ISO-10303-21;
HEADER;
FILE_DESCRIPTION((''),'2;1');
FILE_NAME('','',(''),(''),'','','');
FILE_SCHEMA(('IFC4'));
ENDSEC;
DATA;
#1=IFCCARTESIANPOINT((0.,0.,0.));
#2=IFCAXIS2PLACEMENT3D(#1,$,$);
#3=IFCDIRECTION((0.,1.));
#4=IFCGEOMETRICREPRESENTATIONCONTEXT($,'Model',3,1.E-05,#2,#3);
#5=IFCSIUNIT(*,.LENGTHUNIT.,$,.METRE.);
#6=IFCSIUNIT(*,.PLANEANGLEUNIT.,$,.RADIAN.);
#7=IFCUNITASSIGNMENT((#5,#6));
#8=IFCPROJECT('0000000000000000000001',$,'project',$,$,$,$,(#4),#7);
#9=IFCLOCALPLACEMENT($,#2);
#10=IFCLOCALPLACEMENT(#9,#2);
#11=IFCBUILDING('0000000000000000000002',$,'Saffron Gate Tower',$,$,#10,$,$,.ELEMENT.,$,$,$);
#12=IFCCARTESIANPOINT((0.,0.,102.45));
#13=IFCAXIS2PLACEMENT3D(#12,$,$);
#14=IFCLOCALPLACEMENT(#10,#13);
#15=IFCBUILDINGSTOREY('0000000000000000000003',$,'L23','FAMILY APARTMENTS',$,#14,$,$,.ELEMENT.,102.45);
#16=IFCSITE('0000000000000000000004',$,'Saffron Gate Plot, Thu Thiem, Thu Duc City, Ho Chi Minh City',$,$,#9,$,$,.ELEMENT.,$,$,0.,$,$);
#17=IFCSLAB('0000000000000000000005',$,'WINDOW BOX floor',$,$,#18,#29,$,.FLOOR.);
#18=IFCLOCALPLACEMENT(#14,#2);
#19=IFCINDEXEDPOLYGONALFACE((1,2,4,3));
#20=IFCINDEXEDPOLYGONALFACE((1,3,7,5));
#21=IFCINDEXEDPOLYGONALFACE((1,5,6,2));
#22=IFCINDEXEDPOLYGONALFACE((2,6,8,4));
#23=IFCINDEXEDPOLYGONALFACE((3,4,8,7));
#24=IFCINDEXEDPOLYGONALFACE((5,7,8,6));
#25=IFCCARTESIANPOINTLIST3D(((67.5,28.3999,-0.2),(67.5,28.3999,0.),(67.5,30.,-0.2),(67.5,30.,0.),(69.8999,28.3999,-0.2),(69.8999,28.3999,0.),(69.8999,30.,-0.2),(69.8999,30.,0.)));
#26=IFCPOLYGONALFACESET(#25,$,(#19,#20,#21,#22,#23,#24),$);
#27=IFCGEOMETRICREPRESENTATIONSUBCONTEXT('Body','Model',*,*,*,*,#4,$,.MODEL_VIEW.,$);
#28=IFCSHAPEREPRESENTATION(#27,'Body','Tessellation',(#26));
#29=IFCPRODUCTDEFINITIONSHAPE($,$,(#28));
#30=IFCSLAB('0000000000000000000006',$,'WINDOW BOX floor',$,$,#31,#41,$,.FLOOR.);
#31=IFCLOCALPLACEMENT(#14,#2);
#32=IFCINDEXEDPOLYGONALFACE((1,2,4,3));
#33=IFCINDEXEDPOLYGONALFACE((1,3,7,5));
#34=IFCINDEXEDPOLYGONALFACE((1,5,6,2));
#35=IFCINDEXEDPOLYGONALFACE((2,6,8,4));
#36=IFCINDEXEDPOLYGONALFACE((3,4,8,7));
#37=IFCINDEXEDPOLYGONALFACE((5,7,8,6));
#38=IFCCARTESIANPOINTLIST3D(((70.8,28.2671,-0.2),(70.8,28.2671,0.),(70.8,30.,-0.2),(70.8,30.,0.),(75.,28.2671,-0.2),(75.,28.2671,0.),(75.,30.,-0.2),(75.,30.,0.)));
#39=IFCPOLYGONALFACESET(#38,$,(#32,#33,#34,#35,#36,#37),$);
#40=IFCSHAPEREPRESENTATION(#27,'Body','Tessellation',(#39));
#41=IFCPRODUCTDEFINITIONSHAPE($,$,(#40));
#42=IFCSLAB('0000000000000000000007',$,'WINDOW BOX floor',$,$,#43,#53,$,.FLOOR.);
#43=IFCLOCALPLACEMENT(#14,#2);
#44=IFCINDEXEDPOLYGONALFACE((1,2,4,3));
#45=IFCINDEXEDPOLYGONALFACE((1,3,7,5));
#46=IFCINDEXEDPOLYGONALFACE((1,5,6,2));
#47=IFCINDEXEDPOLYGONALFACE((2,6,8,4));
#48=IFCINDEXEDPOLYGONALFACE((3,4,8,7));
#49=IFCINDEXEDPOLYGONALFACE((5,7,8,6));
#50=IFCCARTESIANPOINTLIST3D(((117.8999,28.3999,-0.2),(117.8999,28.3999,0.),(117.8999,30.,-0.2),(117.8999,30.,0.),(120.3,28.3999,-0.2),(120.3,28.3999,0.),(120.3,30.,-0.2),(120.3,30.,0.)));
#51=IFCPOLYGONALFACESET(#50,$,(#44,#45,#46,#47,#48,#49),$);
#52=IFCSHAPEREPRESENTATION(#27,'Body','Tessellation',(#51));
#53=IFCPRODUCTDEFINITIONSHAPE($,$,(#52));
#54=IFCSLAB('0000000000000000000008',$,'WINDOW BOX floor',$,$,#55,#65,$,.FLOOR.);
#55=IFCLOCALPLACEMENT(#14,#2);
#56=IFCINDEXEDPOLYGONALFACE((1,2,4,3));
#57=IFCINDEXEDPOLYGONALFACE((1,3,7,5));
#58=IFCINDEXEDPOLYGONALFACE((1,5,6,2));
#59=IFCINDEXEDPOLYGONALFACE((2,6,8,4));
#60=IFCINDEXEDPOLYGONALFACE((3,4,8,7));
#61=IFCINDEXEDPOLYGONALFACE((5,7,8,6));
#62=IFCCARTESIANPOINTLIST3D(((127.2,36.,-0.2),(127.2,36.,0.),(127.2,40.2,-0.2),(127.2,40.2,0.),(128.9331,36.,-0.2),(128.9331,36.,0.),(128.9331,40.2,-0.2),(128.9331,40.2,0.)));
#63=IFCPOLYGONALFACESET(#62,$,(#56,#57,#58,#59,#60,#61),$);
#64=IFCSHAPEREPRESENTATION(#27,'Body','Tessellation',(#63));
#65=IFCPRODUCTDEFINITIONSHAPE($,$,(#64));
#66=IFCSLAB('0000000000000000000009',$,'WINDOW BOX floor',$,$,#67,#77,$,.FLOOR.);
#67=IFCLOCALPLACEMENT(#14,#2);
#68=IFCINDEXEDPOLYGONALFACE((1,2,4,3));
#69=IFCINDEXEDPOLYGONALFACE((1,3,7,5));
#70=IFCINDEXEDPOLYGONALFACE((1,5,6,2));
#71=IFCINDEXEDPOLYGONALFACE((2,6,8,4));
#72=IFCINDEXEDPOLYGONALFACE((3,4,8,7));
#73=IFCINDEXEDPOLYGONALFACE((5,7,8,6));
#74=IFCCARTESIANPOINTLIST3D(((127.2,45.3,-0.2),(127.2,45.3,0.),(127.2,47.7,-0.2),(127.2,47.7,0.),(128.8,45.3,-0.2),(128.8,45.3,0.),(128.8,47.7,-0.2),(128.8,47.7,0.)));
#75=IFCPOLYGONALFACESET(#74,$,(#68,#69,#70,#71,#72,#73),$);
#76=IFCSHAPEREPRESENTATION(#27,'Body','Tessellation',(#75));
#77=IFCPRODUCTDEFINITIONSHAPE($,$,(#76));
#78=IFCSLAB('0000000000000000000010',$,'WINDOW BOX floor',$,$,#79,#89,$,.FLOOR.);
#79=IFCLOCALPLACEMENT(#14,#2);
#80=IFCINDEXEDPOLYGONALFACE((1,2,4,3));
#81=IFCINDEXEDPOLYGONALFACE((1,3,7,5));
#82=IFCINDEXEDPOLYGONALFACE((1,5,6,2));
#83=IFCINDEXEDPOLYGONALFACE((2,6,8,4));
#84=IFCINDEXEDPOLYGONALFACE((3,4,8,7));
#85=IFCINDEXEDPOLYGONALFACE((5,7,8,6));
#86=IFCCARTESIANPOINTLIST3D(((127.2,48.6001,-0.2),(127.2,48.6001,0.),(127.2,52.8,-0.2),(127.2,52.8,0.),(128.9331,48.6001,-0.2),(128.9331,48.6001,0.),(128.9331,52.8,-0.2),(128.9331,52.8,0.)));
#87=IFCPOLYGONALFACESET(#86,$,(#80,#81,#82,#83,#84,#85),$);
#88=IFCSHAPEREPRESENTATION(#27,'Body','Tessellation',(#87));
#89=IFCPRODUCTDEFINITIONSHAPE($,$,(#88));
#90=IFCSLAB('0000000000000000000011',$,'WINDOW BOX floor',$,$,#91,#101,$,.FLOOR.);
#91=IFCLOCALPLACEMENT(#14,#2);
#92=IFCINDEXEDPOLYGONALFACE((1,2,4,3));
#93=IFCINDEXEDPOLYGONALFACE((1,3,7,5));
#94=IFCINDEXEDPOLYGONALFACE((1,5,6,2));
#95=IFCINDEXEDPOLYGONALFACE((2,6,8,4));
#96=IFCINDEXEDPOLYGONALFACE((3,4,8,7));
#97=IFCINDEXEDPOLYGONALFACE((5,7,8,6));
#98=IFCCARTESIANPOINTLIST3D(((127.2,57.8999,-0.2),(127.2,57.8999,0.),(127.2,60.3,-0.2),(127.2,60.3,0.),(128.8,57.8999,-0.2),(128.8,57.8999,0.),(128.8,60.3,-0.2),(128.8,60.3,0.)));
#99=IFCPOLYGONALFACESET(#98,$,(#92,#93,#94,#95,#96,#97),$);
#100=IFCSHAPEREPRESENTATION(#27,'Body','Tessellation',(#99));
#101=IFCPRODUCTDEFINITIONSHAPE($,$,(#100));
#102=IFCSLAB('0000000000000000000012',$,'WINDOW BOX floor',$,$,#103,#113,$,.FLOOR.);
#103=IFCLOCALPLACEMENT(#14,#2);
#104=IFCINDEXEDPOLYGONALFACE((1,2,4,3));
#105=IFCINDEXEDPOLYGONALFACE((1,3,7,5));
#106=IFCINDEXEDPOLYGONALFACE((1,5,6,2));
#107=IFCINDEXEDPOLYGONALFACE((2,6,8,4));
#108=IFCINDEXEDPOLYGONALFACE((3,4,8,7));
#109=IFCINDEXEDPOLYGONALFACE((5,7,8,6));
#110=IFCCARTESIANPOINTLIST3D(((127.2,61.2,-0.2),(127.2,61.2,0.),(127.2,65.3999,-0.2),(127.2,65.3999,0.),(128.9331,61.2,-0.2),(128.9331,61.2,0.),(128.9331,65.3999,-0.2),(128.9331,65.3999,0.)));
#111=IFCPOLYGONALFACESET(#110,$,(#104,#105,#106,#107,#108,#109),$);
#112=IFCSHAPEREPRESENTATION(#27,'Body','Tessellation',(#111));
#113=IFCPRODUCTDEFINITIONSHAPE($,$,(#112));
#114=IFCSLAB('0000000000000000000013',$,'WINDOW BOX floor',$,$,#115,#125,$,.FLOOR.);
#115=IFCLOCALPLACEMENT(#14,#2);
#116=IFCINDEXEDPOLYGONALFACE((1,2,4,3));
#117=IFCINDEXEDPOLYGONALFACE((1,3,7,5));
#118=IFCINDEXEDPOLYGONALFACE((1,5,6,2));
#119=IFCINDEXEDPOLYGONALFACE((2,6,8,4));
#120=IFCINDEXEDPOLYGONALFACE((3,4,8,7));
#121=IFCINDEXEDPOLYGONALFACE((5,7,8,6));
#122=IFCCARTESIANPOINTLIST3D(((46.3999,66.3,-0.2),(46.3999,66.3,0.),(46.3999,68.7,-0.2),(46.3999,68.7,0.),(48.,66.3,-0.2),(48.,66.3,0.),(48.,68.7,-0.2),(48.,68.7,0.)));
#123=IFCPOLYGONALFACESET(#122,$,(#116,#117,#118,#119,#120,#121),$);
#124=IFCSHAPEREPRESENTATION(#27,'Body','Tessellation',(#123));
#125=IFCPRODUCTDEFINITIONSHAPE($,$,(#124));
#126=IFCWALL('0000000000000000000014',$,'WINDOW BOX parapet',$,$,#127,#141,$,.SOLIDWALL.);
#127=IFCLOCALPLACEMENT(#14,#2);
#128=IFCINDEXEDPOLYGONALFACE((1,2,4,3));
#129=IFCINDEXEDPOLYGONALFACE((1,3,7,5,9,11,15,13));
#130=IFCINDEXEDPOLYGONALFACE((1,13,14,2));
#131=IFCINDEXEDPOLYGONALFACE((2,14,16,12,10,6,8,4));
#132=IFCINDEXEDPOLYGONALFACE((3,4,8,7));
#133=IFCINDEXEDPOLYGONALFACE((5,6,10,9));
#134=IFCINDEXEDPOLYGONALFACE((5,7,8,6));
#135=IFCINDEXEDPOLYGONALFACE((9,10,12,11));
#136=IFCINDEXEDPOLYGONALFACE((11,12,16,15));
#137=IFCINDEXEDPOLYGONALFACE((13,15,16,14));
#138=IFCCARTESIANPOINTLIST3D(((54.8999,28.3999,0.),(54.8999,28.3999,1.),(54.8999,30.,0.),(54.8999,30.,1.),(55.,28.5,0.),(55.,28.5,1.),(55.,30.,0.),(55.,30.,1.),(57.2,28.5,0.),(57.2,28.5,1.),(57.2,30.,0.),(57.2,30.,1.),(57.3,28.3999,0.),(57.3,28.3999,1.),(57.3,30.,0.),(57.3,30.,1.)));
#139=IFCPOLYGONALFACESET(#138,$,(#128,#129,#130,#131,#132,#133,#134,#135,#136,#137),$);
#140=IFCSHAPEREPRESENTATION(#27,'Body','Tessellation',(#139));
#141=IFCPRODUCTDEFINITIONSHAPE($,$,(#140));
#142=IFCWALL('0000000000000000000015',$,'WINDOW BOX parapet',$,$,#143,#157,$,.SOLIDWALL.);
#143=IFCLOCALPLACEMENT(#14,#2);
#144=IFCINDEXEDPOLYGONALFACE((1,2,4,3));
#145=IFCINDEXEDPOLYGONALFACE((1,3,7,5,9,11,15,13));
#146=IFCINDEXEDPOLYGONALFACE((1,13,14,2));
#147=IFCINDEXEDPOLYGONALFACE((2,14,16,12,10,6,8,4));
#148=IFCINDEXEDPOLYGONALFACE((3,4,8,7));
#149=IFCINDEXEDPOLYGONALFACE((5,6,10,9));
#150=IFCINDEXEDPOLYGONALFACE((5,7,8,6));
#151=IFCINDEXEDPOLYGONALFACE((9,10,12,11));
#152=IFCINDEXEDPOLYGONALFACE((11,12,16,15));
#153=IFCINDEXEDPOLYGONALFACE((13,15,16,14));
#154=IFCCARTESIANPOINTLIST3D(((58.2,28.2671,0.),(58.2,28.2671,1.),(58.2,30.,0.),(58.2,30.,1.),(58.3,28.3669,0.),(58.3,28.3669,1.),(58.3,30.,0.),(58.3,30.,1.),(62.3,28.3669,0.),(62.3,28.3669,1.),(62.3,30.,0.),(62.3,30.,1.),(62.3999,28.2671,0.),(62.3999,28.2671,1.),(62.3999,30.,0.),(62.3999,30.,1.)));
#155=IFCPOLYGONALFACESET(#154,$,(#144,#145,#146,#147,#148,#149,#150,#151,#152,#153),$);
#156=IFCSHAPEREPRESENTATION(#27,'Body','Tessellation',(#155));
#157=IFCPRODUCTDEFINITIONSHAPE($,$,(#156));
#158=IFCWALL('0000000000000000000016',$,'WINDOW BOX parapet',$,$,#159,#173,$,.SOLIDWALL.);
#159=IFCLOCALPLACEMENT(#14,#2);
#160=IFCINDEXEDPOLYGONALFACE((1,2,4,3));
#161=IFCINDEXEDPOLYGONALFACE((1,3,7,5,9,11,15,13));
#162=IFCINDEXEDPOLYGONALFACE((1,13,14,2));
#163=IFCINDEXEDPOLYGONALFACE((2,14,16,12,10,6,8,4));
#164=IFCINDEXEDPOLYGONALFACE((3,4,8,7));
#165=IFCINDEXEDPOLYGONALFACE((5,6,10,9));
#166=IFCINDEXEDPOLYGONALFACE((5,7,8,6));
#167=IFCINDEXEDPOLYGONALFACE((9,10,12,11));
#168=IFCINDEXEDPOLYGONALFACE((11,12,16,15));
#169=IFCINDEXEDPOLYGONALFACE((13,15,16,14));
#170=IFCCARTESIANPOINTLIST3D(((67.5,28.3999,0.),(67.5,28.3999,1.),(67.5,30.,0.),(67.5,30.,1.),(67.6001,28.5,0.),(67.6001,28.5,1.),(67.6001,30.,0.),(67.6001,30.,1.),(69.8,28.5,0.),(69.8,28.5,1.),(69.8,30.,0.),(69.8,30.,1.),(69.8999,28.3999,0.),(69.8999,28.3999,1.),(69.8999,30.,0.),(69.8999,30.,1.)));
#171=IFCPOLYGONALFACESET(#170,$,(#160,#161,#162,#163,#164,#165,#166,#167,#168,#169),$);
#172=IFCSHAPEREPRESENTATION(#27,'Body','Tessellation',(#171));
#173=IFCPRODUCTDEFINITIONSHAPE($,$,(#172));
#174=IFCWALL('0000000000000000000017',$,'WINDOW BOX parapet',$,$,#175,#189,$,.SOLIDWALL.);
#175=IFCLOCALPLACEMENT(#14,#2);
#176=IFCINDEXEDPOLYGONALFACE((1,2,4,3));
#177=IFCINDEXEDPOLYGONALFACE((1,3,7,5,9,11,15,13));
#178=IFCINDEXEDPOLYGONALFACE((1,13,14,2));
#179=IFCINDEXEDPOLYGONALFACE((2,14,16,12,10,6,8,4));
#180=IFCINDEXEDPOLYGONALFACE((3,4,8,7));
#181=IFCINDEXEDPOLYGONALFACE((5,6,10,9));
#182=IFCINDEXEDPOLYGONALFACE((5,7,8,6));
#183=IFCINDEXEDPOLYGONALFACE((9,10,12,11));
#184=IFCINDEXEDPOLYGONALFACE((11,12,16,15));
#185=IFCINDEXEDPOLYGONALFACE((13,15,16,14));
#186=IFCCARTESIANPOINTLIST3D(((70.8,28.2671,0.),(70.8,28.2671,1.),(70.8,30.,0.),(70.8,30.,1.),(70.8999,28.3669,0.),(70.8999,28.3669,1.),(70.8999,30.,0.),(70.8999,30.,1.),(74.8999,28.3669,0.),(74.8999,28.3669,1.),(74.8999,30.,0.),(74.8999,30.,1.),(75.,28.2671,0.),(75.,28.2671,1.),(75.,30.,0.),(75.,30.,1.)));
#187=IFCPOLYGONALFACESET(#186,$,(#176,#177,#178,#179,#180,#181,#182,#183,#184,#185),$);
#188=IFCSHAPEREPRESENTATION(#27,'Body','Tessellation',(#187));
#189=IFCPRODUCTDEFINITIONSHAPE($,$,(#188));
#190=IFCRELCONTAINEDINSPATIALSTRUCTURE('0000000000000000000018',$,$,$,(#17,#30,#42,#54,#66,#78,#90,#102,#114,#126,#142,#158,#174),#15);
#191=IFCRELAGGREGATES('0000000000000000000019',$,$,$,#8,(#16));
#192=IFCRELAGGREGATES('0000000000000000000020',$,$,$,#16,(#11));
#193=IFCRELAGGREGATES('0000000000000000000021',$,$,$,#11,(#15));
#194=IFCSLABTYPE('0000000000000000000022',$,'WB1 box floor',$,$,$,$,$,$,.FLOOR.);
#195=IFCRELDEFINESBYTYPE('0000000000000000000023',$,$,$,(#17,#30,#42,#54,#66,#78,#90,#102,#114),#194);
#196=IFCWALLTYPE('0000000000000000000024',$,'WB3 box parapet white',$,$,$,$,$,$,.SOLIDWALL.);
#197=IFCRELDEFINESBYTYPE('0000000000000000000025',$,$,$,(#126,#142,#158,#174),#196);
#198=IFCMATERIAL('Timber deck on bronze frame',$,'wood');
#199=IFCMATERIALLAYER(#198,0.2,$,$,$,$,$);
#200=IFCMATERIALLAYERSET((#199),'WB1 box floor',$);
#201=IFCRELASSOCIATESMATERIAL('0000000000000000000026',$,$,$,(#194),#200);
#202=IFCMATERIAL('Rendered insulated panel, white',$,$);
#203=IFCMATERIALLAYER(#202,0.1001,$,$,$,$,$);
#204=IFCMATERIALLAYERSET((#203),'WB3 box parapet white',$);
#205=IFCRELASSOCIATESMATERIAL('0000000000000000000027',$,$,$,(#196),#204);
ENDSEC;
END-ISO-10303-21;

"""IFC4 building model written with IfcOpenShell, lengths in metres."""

from ifc_helpers import new_model, si_unit, direction, frame, origin, place, context, subcontext, project, spatial, polyline, outline, extrude, material, layer, layer_set, type_object, element, save


model = new_model("IFC4")

# Units and contexts
model_context = context("Model", 3, precision=1e-05, world=origin(), true_north=direction((0.0, 1.0)))
body_context = subcontext(model_context, "Body", "Model", "MODEL_VIEW")
ifc_project = project(units=[si_unit("LENGTHUNIT", "METRE"), si_unit("PLANEANGLEUNIT", "RADIAN")], contexts=[model_context])

# Site, building, storey
site_placement = place(None, origin())
site = spatial("IfcSite", under=ifc_project, at=site_placement, Name="Saffron Gate Plot, Thu Thiem, Thu Duc City, Ho Chi Minh City", CompositionType="ELEMENT", RefElevation=0.0)
building_placement = place(site_placement, origin())
building = spatial("IfcBuilding", under=site, at=building_placement, Name="Saffron Gate Tower", CompositionType="ELEMENT")
storey_placement = place(building_placement, frame((0.0, 0.0, 102.45)))
storey = spatial("IfcBuildingStorey", under=building, at=storey_placement, Name="L23", Description="FAMILY APARTMENTS", CompositionType="ELEMENT", Elevation=102.45)

# Slabs
ifc_material_1 = material(Name="Timber deck on bronze frame", Category="wood")
ifc_layer_1 = layer(ifc_material_1, 0.2)
ifc_layer_set_1 = layer_set([ifc_layer_1], Name="WB1 box floor")
slab_type_1 = type_object("IfcSlabType", Name="WB1 box floor", PredefinedType="FLOOR", material=ifc_layer_set_1)
slab_1_placement = place(storey_placement, frame((0.0, 0.0, -0.2)))
element("IfcSlab", 1, at=slab_1_placement, inside=storey, type_object=slab_type_1, Name="WINDOW BOX floor", PredefinedType="FLOOR", context=body_context, shape_type="SweptSolid", body=[
    extrude(outline(polyline([(67.5, 30.0), (69.8999, 30.0), (69.8999, 28.3999), (67.5, 28.3999), (67.5, 30.0)])), origin(), (0.0, 0.0, 1.0), 0.2),
])
slab_2_placement = place(storey_placement, frame((0.0, 0.0, -0.2)))
element("IfcSlab", 2, at=slab_2_placement, inside=storey, type_object=slab_type_1, Name="WINDOW BOX floor", PredefinedType="FLOOR", context=body_context, shape_type="SweptSolid", body=[
    extrude(outline(polyline([(70.8, 30.0), (75.0, 30.0), (75.0, 28.2671), (70.8, 28.2671), (70.8, 30.0)])), origin(), (0.0, 0.0, 1.0), 0.2),
])
slab_3_placement = place(storey_placement, frame((0.0, 0.0, -0.2)))
element("IfcSlab", 3, at=slab_3_placement, inside=storey, type_object=slab_type_1, Name="WINDOW BOX floor", PredefinedType="FLOOR", context=body_context, shape_type="SweptSolid", body=[
    extrude(outline(polyline([(117.8999, 30.0), (120.3, 30.0), (120.3, 28.3999), (117.8999, 28.3999), (117.8999, 30.0)])), origin(), (0.0, 0.0, 1.0), 0.2),
])
slab_4_placement = place(storey_placement, frame((0.0, 0.0, -0.2)))
element("IfcSlab", 4, at=slab_4_placement, inside=storey, type_object=slab_type_1, Name="WINDOW BOX floor", PredefinedType="FLOOR", context=body_context, shape_type="SweptSolid", body=[
    extrude(outline(polyline([(127.2, 36.0), (127.2, 40.2), (128.9331, 40.2), (128.9331, 36.0), (127.2, 36.0)])), origin(), (0.0, 0.0, 1.0), 0.2),
])
slab_5_placement = place(storey_placement, frame((0.0, 0.0, -0.2)))
element("IfcSlab", 5, at=slab_5_placement, inside=storey, type_object=slab_type_1, Name="WINDOW BOX floor", PredefinedType="FLOOR", context=body_context, shape_type="SweptSolid", body=[
    extrude(outline(polyline([(127.2, 45.3), (127.2, 47.7), (128.8, 47.7), (128.8, 45.3), (127.2, 45.3)])), origin(), (0.0, 0.0, 1.0), 0.2),
])
slab_6_placement = place(storey_placement, frame((0.0, 0.0, -0.2)))
element("IfcSlab", 6, at=slab_6_placement, inside=storey, type_object=slab_type_1, Name="WINDOW BOX floor", PredefinedType="FLOOR", context=body_context, shape_type="SweptSolid", body=[
    extrude(outline(polyline([(127.2, 48.6001), (127.2, 52.8), (128.9331, 52.8), (128.9331, 48.6001), (127.2, 48.6001)])), origin(), (0.0, 0.0, 1.0), 0.2),
])
slab_7_placement = place(storey_placement, frame((0.0, 0.0, -0.2)))
element("IfcSlab", 7, at=slab_7_placement, inside=storey, type_object=slab_type_1, Name="WINDOW BOX floor", PredefinedType="FLOOR", context=body_context, shape_type="SweptSolid", body=[
    extrude(outline(polyline([(127.2, 57.8999), (127.2, 60.3), (128.8, 60.3), (128.8, 57.8999), (127.2, 57.8999)])), origin(), (0.0, 0.0, 1.0), 0.2),
])
slab_8_placement = place(storey_placement, frame((0.0, 0.0, -0.2)))
element("IfcSlab", 8, at=slab_8_placement, inside=storey, type_object=slab_type_1, Name="WINDOW BOX floor", PredefinedType="FLOOR", context=body_context, shape_type="SweptSolid", body=[
    extrude(outline(polyline([(127.2, 61.2), (127.2, 65.3999), (128.9331, 65.3999), (128.9331, 61.2), (127.2, 61.2)])), origin(), (0.0, 0.0, 1.0), 0.2),
])
slab_9_placement = place(storey_placement, frame((0.0, 0.0, -0.2)))
element("IfcSlab", 9, at=slab_9_placement, inside=storey, type_object=slab_type_1, Name="WINDOW BOX floor", PredefinedType="FLOOR", context=body_context, shape_type="SweptSolid", body=[
    extrude(outline(polyline([(48.0, 68.7), (48.0, 66.3), (46.3999, 66.3), (46.3999, 68.7), (48.0, 68.7)])), origin(), (0.0, 0.0, 1.0), 0.2),
])

# Walls
ifc_material_2 = material(Name="Rendered insulated panel, white")
ifc_layer_2 = layer(ifc_material_2, 0.1001)
ifc_layer_set_2 = layer_set([ifc_layer_2], Name="WB3 box parapet white")
wall_type = type_object("IfcWallType", Name="WB3 box parapet white", PredefinedType="SOLIDWALL", material=ifc_layer_set_2)
wall_1_placement = place(storey_placement, origin())
element("IfcWall", 10, at=wall_1_placement, inside=storey, type_object=wall_type, Name="WINDOW BOX parapet", PredefinedType="SOLIDWALL", context=body_context, shape_type="SweptSolid", body=[
    extrude(outline(polyline([(54.8999, 30.0), (55.0, 30.0), (55.0, 28.5), (57.2, 28.5), (57.2, 30.0), (57.3, 30.0), (57.3, 28.3999), (54.8999, 28.3999), (54.8999, 30.0)])), origin(), (0.0, 0.0, 1.0), 1.0),
])
wall_2_placement = place(storey_placement, origin())
element("IfcWall", 11, at=wall_2_placement, inside=storey, type_object=wall_type, Name="WINDOW BOX parapet", PredefinedType="SOLIDWALL", context=body_context, shape_type="SweptSolid", body=[
    extrude(outline(polyline([(58.2, 30.0), (58.3, 30.0), (58.3, 28.3669), (62.3, 28.3669), (62.3, 30.0), (62.3999, 30.0), (62.3999, 28.2671), (58.2, 28.2671), (58.2, 30.0)])), origin(), (0.0, 0.0, 1.0), 1.0),
])
wall_3_placement = place(storey_placement, origin())
element("IfcWall", 12, at=wall_3_placement, inside=storey, type_object=wall_type, Name="WINDOW BOX parapet", PredefinedType="SOLIDWALL", context=body_context, shape_type="SweptSolid", body=[
    extrude(outline(polyline([(67.5, 30.0), (67.6001, 30.0), (67.6001, 28.5), (69.8, 28.5), (69.8, 30.0), (69.8999, 30.0), (69.8999, 28.3999), (67.5, 28.3999), (67.5, 30.0)])), origin(), (0.0, 0.0, 1.0), 1.0),
])
wall_4_placement = place(storey_placement, origin())
element("IfcWall", 13, at=wall_4_placement, inside=storey, type_object=wall_type, Name="WINDOW BOX parapet", PredefinedType="SOLIDWALL", context=body_context, shape_type="SweptSolid", body=[
    extrude(outline(polyline([(70.8, 30.0), (70.8999, 30.0), (70.8999, 28.3669), (74.8999, 28.3669), (74.8999, 30.0), (75.0, 30.0), (75.0, 28.2671), (70.8, 28.2671), (70.8, 30.0)])), origin(), (0.0, 0.0, 1.0), 1.0),
])

save(model, "model.ifc")
